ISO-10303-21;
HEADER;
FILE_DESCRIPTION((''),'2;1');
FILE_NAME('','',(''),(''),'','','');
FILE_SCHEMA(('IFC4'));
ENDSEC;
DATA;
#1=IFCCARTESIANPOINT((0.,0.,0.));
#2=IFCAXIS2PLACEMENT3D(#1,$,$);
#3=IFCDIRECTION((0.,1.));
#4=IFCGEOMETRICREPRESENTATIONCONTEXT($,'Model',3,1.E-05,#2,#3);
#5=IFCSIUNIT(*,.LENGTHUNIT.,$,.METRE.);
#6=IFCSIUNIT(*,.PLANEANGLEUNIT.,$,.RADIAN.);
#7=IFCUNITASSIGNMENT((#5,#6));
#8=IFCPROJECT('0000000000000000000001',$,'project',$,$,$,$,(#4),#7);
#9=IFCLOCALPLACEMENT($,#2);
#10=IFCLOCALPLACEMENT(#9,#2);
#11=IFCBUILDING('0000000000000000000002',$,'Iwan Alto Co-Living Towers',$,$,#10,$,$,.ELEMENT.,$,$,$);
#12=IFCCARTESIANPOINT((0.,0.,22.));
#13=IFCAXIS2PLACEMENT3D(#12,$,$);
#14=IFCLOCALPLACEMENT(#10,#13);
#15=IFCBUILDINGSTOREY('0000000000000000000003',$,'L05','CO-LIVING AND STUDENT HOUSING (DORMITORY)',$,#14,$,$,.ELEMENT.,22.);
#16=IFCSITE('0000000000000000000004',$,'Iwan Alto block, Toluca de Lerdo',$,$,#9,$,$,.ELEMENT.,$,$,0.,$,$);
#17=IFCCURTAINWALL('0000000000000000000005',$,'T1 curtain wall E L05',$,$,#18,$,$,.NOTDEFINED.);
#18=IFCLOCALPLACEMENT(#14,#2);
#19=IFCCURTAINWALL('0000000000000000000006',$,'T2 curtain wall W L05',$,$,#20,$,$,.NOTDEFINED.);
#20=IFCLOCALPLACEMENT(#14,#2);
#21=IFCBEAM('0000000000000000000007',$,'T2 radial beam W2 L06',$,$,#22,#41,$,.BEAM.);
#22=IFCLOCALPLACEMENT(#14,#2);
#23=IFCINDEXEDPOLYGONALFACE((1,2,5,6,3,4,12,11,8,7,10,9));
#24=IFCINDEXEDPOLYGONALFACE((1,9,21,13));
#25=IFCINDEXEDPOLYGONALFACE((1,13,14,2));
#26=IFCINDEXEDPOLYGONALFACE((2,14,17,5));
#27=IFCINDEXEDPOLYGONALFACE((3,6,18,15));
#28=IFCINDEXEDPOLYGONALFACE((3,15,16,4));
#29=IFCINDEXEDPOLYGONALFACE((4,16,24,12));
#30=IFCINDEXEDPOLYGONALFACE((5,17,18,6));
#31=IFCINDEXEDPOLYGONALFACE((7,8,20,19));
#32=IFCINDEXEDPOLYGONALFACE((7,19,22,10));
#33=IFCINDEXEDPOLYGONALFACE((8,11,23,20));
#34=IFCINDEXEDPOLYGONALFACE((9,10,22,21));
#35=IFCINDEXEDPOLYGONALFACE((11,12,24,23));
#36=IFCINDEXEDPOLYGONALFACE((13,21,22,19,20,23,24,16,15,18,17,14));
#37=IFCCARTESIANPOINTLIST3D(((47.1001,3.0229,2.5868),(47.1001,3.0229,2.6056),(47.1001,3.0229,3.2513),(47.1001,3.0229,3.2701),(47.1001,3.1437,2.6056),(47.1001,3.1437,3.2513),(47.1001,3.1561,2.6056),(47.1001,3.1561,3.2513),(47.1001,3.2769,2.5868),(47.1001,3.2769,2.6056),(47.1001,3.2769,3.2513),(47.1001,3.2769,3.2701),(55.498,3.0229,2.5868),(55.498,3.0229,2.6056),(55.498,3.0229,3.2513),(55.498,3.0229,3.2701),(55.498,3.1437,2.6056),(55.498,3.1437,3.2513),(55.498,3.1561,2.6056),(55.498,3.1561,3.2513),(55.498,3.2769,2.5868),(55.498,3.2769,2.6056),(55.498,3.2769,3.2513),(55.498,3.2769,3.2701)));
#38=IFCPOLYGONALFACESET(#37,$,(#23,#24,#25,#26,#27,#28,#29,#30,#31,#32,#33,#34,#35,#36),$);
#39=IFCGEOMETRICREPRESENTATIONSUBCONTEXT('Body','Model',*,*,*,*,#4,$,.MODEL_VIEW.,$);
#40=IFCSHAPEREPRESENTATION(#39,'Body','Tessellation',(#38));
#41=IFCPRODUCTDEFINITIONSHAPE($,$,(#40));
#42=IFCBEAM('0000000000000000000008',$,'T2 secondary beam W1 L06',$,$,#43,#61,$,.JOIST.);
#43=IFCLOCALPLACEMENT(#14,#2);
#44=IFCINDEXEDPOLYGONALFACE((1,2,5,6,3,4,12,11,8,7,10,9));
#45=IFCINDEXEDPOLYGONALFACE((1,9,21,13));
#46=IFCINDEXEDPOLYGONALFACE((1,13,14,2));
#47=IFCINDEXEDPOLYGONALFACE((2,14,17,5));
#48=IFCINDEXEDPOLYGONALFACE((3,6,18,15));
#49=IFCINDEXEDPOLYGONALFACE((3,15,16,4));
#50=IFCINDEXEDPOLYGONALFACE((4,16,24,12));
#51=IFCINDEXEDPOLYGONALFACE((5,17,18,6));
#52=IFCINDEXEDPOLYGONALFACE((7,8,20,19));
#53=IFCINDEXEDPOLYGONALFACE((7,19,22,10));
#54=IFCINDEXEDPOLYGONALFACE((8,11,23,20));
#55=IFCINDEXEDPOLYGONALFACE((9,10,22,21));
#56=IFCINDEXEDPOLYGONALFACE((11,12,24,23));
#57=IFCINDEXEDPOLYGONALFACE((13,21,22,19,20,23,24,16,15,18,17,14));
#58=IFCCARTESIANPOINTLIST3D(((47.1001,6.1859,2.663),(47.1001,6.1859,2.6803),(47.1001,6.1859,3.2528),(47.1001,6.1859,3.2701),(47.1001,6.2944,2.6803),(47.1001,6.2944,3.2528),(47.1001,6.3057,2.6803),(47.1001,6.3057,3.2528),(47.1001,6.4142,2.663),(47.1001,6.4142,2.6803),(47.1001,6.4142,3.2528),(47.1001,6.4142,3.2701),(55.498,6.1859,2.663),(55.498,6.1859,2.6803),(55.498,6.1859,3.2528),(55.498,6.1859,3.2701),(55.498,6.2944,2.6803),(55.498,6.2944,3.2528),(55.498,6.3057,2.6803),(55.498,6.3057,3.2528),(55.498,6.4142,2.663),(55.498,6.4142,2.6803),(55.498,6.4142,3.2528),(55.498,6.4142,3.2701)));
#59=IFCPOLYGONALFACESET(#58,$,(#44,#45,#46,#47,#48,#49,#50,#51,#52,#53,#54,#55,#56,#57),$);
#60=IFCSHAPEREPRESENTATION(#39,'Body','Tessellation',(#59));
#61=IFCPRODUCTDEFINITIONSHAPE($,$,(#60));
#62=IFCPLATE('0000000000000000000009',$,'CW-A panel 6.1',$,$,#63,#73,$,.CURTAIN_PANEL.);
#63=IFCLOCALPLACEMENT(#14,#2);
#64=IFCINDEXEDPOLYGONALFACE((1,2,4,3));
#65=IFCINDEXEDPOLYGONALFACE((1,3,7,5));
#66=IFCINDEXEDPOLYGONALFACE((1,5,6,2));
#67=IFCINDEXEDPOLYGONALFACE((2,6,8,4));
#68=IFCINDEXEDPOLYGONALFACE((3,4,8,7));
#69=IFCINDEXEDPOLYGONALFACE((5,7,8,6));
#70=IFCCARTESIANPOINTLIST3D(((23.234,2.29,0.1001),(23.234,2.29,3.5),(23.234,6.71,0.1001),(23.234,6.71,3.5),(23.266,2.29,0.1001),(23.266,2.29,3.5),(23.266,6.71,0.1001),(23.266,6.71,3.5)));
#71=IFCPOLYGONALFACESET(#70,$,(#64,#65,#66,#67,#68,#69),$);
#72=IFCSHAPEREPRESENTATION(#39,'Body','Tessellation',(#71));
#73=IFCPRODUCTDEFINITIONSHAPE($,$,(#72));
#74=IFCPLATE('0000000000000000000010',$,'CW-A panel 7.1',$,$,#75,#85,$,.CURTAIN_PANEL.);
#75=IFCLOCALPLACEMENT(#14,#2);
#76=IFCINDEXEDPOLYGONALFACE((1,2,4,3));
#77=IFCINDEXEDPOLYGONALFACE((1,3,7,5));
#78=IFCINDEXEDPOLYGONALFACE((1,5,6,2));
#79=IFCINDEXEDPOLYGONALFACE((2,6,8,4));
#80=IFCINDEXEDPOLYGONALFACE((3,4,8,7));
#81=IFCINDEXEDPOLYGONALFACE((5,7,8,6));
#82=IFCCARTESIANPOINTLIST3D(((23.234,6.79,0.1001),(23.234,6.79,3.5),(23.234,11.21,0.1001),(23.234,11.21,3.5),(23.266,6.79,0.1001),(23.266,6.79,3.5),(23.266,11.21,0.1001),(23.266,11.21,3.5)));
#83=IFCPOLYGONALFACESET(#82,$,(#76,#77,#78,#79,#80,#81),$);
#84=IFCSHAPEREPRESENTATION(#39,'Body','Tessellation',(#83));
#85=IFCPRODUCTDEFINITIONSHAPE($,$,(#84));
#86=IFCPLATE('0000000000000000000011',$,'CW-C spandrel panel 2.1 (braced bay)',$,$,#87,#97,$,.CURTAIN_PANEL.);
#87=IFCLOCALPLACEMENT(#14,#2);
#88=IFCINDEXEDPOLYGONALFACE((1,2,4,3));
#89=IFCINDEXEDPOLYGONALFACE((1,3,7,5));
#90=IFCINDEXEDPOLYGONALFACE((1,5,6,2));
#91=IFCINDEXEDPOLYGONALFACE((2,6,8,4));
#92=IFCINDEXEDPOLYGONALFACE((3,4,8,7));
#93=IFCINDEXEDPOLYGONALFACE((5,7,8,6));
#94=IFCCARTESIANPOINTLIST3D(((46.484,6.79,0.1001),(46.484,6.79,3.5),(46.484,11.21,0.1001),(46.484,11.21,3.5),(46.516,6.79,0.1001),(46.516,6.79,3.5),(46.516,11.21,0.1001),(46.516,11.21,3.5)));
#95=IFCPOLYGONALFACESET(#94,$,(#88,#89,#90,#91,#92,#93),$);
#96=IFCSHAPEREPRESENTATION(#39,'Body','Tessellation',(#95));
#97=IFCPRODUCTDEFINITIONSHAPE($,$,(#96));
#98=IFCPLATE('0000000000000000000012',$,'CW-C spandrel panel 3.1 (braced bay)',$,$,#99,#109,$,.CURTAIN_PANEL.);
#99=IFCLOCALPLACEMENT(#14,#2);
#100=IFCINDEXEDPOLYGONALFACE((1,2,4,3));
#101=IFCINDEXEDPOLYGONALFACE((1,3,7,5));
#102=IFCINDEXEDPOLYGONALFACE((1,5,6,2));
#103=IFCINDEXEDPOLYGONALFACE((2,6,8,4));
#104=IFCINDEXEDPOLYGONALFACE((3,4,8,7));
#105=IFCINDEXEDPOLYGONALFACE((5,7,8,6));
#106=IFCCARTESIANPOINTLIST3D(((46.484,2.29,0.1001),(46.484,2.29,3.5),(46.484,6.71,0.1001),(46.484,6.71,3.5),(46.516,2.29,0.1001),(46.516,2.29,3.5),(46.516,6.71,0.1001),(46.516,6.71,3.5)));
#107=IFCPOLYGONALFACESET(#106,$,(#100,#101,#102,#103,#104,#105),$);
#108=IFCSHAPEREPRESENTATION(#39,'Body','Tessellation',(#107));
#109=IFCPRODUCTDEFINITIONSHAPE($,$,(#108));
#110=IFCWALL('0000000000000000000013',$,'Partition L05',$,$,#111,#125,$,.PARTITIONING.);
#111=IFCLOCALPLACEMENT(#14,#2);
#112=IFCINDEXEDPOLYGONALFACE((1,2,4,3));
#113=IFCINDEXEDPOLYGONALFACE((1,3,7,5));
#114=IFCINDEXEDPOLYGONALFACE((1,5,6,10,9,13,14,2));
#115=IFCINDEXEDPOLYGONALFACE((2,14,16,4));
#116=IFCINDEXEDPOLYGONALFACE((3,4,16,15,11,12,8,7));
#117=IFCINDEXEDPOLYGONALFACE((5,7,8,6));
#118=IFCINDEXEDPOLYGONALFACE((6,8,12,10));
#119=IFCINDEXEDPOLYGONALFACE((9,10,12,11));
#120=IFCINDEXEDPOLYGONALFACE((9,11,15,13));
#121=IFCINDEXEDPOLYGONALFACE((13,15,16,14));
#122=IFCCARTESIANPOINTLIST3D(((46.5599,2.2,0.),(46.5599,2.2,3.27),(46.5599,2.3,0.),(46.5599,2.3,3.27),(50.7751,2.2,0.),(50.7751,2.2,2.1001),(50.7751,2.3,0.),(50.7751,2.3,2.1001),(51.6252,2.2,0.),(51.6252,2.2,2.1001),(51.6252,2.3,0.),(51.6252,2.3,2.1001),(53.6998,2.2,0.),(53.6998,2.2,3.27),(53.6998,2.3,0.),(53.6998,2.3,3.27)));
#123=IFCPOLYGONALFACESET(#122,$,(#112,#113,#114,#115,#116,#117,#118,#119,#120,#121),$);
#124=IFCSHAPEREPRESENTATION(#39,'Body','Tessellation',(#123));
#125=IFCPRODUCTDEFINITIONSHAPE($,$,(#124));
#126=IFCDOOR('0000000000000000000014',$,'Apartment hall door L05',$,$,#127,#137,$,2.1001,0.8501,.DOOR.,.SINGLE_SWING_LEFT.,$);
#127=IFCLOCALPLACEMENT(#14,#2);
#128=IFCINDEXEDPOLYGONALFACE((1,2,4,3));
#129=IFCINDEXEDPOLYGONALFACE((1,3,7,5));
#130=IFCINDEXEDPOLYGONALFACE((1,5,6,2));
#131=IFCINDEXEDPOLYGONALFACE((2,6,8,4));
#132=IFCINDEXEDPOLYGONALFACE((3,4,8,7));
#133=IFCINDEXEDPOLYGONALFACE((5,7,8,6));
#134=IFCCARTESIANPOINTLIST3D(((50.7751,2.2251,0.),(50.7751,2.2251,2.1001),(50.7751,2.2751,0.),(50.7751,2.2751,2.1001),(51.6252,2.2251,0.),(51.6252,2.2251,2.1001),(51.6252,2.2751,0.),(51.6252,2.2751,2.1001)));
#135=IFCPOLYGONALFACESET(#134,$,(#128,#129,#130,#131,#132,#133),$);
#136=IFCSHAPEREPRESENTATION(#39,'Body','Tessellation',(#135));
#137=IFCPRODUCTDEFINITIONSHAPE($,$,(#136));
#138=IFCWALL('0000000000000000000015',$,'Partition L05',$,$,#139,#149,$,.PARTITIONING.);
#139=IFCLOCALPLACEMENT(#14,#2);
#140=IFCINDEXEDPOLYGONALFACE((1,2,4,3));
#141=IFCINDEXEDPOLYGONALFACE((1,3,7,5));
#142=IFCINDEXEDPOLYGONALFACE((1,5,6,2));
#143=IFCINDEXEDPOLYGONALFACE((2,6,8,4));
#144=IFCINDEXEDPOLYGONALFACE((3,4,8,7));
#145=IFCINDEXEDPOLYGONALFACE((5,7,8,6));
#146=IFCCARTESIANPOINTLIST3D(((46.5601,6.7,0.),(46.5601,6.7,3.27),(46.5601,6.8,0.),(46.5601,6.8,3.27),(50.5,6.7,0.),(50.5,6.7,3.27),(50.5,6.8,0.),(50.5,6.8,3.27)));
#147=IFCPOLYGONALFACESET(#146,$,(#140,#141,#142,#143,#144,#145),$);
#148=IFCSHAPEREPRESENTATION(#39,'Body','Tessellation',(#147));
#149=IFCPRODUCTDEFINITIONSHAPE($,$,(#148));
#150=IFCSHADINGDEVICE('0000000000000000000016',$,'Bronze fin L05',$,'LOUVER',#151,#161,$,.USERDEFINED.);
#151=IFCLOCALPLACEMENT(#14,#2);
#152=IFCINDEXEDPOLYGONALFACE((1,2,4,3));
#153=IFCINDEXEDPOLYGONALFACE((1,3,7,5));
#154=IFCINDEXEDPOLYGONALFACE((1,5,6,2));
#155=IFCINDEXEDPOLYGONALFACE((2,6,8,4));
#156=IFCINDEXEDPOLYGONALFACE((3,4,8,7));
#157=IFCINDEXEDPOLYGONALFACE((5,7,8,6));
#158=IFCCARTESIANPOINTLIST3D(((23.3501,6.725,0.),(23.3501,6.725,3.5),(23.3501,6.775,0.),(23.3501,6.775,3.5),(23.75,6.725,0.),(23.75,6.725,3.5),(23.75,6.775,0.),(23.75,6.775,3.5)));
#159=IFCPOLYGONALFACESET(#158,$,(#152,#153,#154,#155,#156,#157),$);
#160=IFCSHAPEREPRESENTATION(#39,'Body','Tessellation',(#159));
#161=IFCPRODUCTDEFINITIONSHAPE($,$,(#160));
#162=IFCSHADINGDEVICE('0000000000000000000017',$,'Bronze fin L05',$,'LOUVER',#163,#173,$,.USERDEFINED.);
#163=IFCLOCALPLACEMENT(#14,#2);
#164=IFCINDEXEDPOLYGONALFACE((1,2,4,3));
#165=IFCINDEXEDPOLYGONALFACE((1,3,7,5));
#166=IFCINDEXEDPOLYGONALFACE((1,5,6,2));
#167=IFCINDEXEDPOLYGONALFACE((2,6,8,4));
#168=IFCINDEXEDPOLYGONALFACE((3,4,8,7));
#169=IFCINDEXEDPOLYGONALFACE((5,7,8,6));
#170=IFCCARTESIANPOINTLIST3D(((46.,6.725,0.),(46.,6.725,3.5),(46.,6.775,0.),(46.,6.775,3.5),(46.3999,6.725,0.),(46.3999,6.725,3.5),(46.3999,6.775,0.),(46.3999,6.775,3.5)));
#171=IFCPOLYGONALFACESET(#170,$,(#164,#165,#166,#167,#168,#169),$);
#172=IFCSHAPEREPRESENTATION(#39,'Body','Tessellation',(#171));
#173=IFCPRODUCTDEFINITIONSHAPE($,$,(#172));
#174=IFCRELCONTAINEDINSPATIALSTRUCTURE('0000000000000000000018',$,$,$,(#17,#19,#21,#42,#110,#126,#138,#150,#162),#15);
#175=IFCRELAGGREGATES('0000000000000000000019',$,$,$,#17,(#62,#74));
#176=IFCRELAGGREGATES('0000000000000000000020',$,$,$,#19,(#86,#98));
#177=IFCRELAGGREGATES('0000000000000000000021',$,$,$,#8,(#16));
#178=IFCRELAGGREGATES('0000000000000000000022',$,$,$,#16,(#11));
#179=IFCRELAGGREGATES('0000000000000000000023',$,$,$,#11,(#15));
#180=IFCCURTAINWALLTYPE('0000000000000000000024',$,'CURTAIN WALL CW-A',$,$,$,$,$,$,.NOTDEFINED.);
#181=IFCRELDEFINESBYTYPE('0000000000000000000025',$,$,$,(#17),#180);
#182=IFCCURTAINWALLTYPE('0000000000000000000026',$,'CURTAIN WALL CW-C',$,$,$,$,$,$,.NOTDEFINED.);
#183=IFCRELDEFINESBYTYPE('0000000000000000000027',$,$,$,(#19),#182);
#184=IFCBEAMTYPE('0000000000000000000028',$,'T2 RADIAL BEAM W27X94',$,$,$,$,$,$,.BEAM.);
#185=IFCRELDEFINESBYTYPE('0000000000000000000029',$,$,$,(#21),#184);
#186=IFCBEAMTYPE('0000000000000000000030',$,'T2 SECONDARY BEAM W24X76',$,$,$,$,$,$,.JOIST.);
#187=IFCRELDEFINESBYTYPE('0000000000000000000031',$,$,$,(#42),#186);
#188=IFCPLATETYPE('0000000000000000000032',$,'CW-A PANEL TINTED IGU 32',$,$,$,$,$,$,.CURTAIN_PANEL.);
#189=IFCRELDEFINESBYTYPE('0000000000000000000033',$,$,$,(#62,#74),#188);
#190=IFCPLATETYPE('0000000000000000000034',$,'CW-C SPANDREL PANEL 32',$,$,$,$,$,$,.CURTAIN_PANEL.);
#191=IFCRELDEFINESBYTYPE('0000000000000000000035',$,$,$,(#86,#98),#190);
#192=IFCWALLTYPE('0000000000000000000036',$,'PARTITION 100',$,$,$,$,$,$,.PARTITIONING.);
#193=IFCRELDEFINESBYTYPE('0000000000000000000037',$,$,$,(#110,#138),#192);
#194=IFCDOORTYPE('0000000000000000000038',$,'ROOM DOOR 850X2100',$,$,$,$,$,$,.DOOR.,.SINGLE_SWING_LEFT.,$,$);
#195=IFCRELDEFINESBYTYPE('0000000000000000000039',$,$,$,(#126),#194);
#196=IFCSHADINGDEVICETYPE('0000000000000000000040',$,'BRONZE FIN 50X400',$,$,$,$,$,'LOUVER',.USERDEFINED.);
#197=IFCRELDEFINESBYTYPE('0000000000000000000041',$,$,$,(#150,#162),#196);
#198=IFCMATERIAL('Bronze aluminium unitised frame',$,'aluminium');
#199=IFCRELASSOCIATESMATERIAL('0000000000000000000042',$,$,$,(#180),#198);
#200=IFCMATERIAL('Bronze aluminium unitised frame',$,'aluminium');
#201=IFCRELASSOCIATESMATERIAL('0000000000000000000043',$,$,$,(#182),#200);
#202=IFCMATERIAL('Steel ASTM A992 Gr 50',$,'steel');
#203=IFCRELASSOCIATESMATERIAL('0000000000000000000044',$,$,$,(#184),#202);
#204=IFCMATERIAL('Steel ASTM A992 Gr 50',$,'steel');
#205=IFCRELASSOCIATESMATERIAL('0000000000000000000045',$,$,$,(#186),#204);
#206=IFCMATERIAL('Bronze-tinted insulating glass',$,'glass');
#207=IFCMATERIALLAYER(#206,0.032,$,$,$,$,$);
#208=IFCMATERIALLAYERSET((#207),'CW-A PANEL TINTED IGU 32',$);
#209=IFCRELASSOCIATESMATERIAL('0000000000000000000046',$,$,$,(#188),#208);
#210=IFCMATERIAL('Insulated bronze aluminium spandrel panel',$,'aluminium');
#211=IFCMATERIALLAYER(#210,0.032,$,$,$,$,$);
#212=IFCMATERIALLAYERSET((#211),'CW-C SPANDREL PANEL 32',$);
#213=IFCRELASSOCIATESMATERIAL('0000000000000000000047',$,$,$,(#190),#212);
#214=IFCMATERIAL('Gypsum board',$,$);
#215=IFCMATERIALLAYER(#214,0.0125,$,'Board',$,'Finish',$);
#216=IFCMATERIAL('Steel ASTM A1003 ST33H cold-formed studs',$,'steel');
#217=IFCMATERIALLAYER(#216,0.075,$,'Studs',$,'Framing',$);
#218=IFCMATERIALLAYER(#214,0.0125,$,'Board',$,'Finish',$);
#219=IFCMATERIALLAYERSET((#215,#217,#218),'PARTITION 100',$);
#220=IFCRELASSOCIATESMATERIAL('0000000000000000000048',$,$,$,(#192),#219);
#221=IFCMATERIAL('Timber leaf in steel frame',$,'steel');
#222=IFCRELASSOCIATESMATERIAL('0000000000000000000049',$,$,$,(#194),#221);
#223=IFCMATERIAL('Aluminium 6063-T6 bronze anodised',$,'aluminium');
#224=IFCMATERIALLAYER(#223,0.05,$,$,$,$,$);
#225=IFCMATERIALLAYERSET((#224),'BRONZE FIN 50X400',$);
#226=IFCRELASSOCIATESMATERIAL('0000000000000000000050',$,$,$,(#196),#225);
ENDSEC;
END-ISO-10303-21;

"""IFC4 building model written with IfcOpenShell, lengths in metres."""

from ifc_helpers import new_model, si_unit, direction, frame, frame_2d, origin, origin_2d, place, context, subcontext, project, spatial, rectangle, i_section, extrude, material, layer, layer_set, material_profile, profile_set, type_object, element, fill, aggregate, save


model = new_model("IFC4")

# Units and contexts
model_context = context("Model", 3, precision=1e-05, world=origin(), true_north=direction((0.0, 1.0)))
body_context = subcontext(model_context, "Body", "Model", "MODEL_VIEW")
ifc_project = project(units=[si_unit("LENGTHUNIT", "METRE"), si_unit("PLANEANGLEUNIT", "RADIAN")], contexts=[model_context])

# Site, building, storey
site_placement = place(None, origin())
site = spatial("IfcSite", under=ifc_project, at=site_placement, Name="Iwan Alto block, Toluca de Lerdo", CompositionType="ELEMENT", RefElevation=0.0)
building_placement = place(site_placement, origin())
building = spatial("IfcBuilding", under=site, at=building_placement, Name="Iwan Alto Co-Living Towers", CompositionType="ELEMENT")
storey_placement = place(building_placement, frame((0.0, 0.0, 22.0)))
storey = spatial("IfcBuildingStorey", under=building, at=storey_placement, Name="L05", Description="CO-LIVING AND STUDENT HOUSING (DORMITORY)", CompositionType="ELEMENT", Elevation=22.0)

# Curtain walls
ifc_material_1 = material(Name="Bronze aluminium unitised frame", Category="aluminium")
curtain_wall_type_1 = type_object("IfcCurtainWallType", Name="CURTAIN WALL CW-A", PredefinedType="NOTDEFINED", material=ifc_material_1)
curtain_wall_1_placement = place(storey_placement, origin())
curtain_wall_1 = element("IfcCurtainWall", 1, at=curtain_wall_1_placement, inside=storey, type_object=curtain_wall_type_1, Name="T1 curtain wall E L05", PredefinedType="NOTDEFINED")
ifc_material_2 = material(Name="Bronze aluminium unitised frame", Category="aluminium")
curtain_wall_type_2 = type_object("IfcCurtainWallType", Name="CURTAIN WALL CW-C", PredefinedType="NOTDEFINED", material=ifc_material_2)
curtain_wall_2_placement = place(storey_placement, origin())
curtain_wall_2 = element("IfcCurtainWall", 2, at=curtain_wall_2_placement, inside=storey, type_object=curtain_wall_type_2, Name="T2 curtain wall W L05", PredefinedType="NOTDEFINED")

# Beams
ifc_material_3 = material(Name="Steel ASTM A992 Gr 50", Category="steel")
ifc_material_profile_1 = material_profile(ifc_material_3, i_section(OverallWidth=0.2539, OverallDepth=0.6833, WebThickness=0.0125, FlangeThickness=0.0188, at=origin_2d()), Name="W27X94")
ifc_profile_set_1 = profile_set([ifc_material_profile_1], Name="Steel ASTM A992 Gr 50")
beam_type_1 = type_object("IfcBeamType", Name="T2 RADIAL BEAM W27X94", PredefinedType="BEAM", material=ifc_profile_set_1)
beam_1_placement = place(storey_placement, frame((47.1001, 3.1499, 2.9285), z_axis=(1.0, 0.0, 0.0), x_axis=(0.0, 1.0, 0.0)))
element("IfcBeam", 3, at=beam_1_placement, inside=storey, type_object=beam_type_1, Name="T2 radial beam W2 L06", PredefinedType="BEAM", context=body_context, shape_type="SweptSolid", body=[
    extrude(i_section(OverallWidth=0.2539, OverallDepth=0.6833, WebThickness=0.0125, FlangeThickness=0.0188, at=origin_2d()), origin(), (0.0, 0.0, 1.0), 8.3979),
])
ifc_material_4 = material(Name="Steel ASTM A992 Gr 50", Category="steel")
ifc_material_profile_2 = material_profile(ifc_material_4, i_section(OverallWidth=0.2283, OverallDepth=0.6072, WebThickness=0.0112, FlangeThickness=0.0173, at=origin_2d()), Name="W24X76")
ifc_profile_set_2 = profile_set([ifc_material_profile_2], Name="Steel ASTM A992 Gr 50")
beam_type_2 = type_object("IfcBeamType", Name="T2 SECONDARY BEAM W24X76", PredefinedType="JOIST", material=ifc_profile_set_2)
beam_2_placement = place(storey_placement, frame((47.1001, 6.3, 2.9666), z_axis=(1.0, 0.0, 0.0), x_axis=(0.0, 1.0, 0.0)))
element("IfcBeam", 4, at=beam_2_placement, inside=storey, type_object=beam_type_2, Name="T2 secondary beam W1 L06", PredefinedType="JOIST", context=body_context, shape_type="SweptSolid", body=[
    extrude(i_section(OverallWidth=0.2283, OverallDepth=0.6072, WebThickness=0.0112, FlangeThickness=0.0173, at=origin_2d()), origin(), (0.0, 0.0, 1.0), 8.3979),
])

# Plates
ifc_material_5 = material(Name="Bronze-tinted insulating glass", Category="glass")
ifc_layer_1 = layer(ifc_material_5, 0.032)
ifc_layer_set_1 = layer_set([ifc_layer_1], Name="CW-A PANEL TINTED IGU 32")
plate_type_1 = type_object("IfcPlateType", Name="CW-A PANEL TINTED IGU 32", PredefinedType="CURTAIN_PANEL", material=ifc_layer_set_1)
plate_1_placement = place(storey_placement, frame((23.25, 4.5, 0.1001), z_axis=(0.0, 0.0, 1.0), x_axis=(0.0, 1.0, 0.0)))
plate_1 = element("IfcPlate", 5, at=plate_1_placement, type_object=plate_type_1, Name="CW-A panel 6.1", PredefinedType="CURTAIN_PANEL", context=body_context, shape_type="SweptSolid", body=[
    extrude(rectangle(XDim=4.4199, YDim=0.032, at=origin_2d()), origin(), (0.0, 0.0, 1.0), 3.3999),
])
plate_2_placement = place(storey_placement, frame((23.25, 9.0, 0.1001), z_axis=(0.0, 0.0, 1.0), x_axis=(0.0, 1.0, 0.0)))
plate_2 = element("IfcPlate", 6, at=plate_2_placement, type_object=plate_type_1, Name="CW-A panel 7.1", PredefinedType="CURTAIN_PANEL", context=body_context, shape_type="SweptSolid", body=[
    extrude(rectangle(XDim=4.4199, YDim=0.032, at=origin_2d()), origin(), (0.0, 0.0, 1.0), 3.3999),
])
aggregate(curtain_wall_1, [plate_1, plate_2])
ifc_material_6 = material(Name="Insulated bronze aluminium spandrel panel", Category="aluminium")
ifc_layer_2 = layer(ifc_material_6, 0.032)
ifc_layer_set_2 = layer_set([ifc_layer_2], Name="CW-C SPANDREL PANEL 32")
plate_type_2 = type_object("IfcPlateType", Name="CW-C SPANDREL PANEL 32", PredefinedType="CURTAIN_PANEL", material=ifc_layer_set_2)
plate_3_placement = place(storey_placement, frame((46.5, 9.0, 0.1001), z_axis=(0.0, 0.0, 1.0), x_axis=(0.0, -1.0, 0.0)))
plate_3 = element("IfcPlate", 7, at=plate_3_placement, type_object=plate_type_2, Name="CW-C spandrel panel 2.1 (braced bay)", PredefinedType="CURTAIN_PANEL", context=body_context, shape_type="SweptSolid", body=[
    extrude(rectangle(XDim=4.4199, YDim=0.032, at=origin_2d()), origin(), (0.0, 0.0, 1.0), 3.3999),
])
plate_4_placement = place(storey_placement, frame((46.5, 4.5, 0.1001), z_axis=(0.0, 0.0, 1.0), x_axis=(0.0, -1.0, 0.0)))
plate_4 = element("IfcPlate", 8, at=plate_4_placement, type_object=plate_type_2, Name="CW-C spandrel panel 3.1 (braced bay)", PredefinedType="CURTAIN_PANEL", context=body_context, shape_type="SweptSolid", body=[
    extrude(rectangle(XDim=4.4199, YDim=0.032, at=origin_2d()), origin(), (0.0, 0.0, 1.0), 3.3999),
])
aggregate(curtain_wall_2, [plate_3, plate_4])

# Wall, opening, door
ifc_material_7 = material(Name="Gypsum board")
ifc_layer_3 = layer(ifc_material_7, 0.0125, Name="Board", Category="Finish")
ifc_material_8 = material(Name="Steel ASTM A1003 ST33H cold-formed studs", Category="steel")
ifc_layer_4 = layer(ifc_material_8, 0.075, Name="Studs", Category="Framing")
ifc_layer_5 = layer(ifc_material_7, 0.0125, Name="Board", Category="Finish")
ifc_layer_set_3 = layer_set([ifc_layer_3, ifc_layer_4, ifc_layer_5], Name="PARTITION 100")
wall_type = type_object("IfcWallType", Name="PARTITION 100", PredefinedType="PARTITIONING", material=ifc_layer_set_3)
wall_1_placement = place(storey_placement, frame((46.5601, 2.25, 0.0), z_axis=(0.0, 0.0, 1.0), x_axis=(1.0, 0.0, 0.0)))
wall_1 = element("IfcWall", 9, at=wall_1_placement, inside=storey, type_object=wall_type, Name="Partition L05", PredefinedType="PARTITIONING", context=body_context, shape_type="SweptSolid", body=[
    extrude(rectangle(XDim=7.1399, YDim=0.1001, at=frame_2d((3.5698, 0.0))), origin(), (0.0, 0.0, 1.0), 3.27),
])
opening_placement = place(wall_1_placement, frame((4.2151, 0.0, 0.0)))
opening = element("IfcOpeningElement", 10, at=opening_placement, cuts=wall_1, PredefinedType="OPENING", context=body_context, shape_type="SweptSolid", body=[
    extrude(rectangle(XDim=0.8501, YDim=2.1001, at=frame_2d((0.425, 1.05))), frame((0.0, 0.0601, 0.0), z_axis=(0.0, -1.0, 0.0), x_axis=(1.0, 0.0, 0.0)), (0.0, 0.0, 1.0), 0.1201),
])
ifc_material_9 = material(Name="Timber leaf in steel frame", Category="steel")
door_type = type_object("IfcDoorType", Name="ROOM DOOR 850X2100", OperationType="SINGLE_SWING_LEFT", PredefinedType="DOOR", material=ifc_material_9)
door_placement = place(opening_placement, frame((0.8501, 0.0, 0.0), z_axis=(0.0, 0.0, 1.0), x_axis=(-1.0, 0.0, 0.0)))
door = element("IfcDoor", 11, at=door_placement, inside=storey, type_object=door_type, Name="Apartment hall door L05", OperationType="SINGLE_SWING_LEFT", OverallHeight=2.1001, OverallWidth=0.8501, PredefinedType="DOOR", context=body_context, shape_type="SweptSolid", body=[
    extrude(rectangle(XDim=0.8501, YDim=2.1001, at=frame_2d((0.425, 1.05))), frame((0.0, 0.0249, 0.0), z_axis=(0.0, -1.0, 0.0), x_axis=(1.0, 0.0, 0.0)), (0.0, 0.0, 1.0), 0.05),
])
fill(opening, door)

# Wall
wall_2_placement = place(storey_placement, frame((46.5601, 6.75, 0.0), z_axis=(0.0, 0.0, 1.0), x_axis=(1.0, 0.0, 0.0)))
element("IfcWall", 12, at=wall_2_placement, inside=storey, type_object=wall_type, Name="Partition L05", PredefinedType="PARTITIONING", context=body_context, shape_type="SweptSolid", body=[
    extrude(rectangle(XDim=3.9399, YDim=0.1001, at=frame_2d((1.97, 0.0))), origin(), (0.0, 0.0, 1.0), 3.27),
])

# Shading devices
ifc_material_10 = material(Name="Aluminium 6063-T6 bronze anodised", Category="aluminium")
ifc_layer_6 = layer(ifc_material_10, 0.05)
ifc_layer_set_4 = layer_set([ifc_layer_6], Name="BRONZE FIN 50X400")
shading_device_type = type_object("IfcShadingDeviceType", Name="BRONZE FIN 50X400", ElementType="LOUVER", PredefinedType="USERDEFINED", material=ifc_layer_set_4)
for number, where, z_axis, x_axis, name in (
    (13, (23.55, 6.75, 0.0), (0.0, 0.0, 1.0), (0.0, 1.0, 0.0), "Bronze fin L05"),
    (14, (46.2, 6.75, 0.0), (0.0, 0.0, 1.0), (0.0, -1.0, 0.0), "Bronze fin L05"),
):
    element("IfcShadingDevice", number, at=place(storey_placement, frame(where, z_axis=z_axis, x_axis=x_axis)), inside=storey, type_object=shading_device_type, Name=name, ObjectType="LOUVER", PredefinedType="USERDEFINED", context=body_context, shape_type="SweptSolid", body=[
        extrude(rectangle(XDim=0.05, YDim=0.3999, at=origin_2d()), origin(), (0.0, 0.0, 1.0), 3.5),
    ])

save(model, "model.ifc")
